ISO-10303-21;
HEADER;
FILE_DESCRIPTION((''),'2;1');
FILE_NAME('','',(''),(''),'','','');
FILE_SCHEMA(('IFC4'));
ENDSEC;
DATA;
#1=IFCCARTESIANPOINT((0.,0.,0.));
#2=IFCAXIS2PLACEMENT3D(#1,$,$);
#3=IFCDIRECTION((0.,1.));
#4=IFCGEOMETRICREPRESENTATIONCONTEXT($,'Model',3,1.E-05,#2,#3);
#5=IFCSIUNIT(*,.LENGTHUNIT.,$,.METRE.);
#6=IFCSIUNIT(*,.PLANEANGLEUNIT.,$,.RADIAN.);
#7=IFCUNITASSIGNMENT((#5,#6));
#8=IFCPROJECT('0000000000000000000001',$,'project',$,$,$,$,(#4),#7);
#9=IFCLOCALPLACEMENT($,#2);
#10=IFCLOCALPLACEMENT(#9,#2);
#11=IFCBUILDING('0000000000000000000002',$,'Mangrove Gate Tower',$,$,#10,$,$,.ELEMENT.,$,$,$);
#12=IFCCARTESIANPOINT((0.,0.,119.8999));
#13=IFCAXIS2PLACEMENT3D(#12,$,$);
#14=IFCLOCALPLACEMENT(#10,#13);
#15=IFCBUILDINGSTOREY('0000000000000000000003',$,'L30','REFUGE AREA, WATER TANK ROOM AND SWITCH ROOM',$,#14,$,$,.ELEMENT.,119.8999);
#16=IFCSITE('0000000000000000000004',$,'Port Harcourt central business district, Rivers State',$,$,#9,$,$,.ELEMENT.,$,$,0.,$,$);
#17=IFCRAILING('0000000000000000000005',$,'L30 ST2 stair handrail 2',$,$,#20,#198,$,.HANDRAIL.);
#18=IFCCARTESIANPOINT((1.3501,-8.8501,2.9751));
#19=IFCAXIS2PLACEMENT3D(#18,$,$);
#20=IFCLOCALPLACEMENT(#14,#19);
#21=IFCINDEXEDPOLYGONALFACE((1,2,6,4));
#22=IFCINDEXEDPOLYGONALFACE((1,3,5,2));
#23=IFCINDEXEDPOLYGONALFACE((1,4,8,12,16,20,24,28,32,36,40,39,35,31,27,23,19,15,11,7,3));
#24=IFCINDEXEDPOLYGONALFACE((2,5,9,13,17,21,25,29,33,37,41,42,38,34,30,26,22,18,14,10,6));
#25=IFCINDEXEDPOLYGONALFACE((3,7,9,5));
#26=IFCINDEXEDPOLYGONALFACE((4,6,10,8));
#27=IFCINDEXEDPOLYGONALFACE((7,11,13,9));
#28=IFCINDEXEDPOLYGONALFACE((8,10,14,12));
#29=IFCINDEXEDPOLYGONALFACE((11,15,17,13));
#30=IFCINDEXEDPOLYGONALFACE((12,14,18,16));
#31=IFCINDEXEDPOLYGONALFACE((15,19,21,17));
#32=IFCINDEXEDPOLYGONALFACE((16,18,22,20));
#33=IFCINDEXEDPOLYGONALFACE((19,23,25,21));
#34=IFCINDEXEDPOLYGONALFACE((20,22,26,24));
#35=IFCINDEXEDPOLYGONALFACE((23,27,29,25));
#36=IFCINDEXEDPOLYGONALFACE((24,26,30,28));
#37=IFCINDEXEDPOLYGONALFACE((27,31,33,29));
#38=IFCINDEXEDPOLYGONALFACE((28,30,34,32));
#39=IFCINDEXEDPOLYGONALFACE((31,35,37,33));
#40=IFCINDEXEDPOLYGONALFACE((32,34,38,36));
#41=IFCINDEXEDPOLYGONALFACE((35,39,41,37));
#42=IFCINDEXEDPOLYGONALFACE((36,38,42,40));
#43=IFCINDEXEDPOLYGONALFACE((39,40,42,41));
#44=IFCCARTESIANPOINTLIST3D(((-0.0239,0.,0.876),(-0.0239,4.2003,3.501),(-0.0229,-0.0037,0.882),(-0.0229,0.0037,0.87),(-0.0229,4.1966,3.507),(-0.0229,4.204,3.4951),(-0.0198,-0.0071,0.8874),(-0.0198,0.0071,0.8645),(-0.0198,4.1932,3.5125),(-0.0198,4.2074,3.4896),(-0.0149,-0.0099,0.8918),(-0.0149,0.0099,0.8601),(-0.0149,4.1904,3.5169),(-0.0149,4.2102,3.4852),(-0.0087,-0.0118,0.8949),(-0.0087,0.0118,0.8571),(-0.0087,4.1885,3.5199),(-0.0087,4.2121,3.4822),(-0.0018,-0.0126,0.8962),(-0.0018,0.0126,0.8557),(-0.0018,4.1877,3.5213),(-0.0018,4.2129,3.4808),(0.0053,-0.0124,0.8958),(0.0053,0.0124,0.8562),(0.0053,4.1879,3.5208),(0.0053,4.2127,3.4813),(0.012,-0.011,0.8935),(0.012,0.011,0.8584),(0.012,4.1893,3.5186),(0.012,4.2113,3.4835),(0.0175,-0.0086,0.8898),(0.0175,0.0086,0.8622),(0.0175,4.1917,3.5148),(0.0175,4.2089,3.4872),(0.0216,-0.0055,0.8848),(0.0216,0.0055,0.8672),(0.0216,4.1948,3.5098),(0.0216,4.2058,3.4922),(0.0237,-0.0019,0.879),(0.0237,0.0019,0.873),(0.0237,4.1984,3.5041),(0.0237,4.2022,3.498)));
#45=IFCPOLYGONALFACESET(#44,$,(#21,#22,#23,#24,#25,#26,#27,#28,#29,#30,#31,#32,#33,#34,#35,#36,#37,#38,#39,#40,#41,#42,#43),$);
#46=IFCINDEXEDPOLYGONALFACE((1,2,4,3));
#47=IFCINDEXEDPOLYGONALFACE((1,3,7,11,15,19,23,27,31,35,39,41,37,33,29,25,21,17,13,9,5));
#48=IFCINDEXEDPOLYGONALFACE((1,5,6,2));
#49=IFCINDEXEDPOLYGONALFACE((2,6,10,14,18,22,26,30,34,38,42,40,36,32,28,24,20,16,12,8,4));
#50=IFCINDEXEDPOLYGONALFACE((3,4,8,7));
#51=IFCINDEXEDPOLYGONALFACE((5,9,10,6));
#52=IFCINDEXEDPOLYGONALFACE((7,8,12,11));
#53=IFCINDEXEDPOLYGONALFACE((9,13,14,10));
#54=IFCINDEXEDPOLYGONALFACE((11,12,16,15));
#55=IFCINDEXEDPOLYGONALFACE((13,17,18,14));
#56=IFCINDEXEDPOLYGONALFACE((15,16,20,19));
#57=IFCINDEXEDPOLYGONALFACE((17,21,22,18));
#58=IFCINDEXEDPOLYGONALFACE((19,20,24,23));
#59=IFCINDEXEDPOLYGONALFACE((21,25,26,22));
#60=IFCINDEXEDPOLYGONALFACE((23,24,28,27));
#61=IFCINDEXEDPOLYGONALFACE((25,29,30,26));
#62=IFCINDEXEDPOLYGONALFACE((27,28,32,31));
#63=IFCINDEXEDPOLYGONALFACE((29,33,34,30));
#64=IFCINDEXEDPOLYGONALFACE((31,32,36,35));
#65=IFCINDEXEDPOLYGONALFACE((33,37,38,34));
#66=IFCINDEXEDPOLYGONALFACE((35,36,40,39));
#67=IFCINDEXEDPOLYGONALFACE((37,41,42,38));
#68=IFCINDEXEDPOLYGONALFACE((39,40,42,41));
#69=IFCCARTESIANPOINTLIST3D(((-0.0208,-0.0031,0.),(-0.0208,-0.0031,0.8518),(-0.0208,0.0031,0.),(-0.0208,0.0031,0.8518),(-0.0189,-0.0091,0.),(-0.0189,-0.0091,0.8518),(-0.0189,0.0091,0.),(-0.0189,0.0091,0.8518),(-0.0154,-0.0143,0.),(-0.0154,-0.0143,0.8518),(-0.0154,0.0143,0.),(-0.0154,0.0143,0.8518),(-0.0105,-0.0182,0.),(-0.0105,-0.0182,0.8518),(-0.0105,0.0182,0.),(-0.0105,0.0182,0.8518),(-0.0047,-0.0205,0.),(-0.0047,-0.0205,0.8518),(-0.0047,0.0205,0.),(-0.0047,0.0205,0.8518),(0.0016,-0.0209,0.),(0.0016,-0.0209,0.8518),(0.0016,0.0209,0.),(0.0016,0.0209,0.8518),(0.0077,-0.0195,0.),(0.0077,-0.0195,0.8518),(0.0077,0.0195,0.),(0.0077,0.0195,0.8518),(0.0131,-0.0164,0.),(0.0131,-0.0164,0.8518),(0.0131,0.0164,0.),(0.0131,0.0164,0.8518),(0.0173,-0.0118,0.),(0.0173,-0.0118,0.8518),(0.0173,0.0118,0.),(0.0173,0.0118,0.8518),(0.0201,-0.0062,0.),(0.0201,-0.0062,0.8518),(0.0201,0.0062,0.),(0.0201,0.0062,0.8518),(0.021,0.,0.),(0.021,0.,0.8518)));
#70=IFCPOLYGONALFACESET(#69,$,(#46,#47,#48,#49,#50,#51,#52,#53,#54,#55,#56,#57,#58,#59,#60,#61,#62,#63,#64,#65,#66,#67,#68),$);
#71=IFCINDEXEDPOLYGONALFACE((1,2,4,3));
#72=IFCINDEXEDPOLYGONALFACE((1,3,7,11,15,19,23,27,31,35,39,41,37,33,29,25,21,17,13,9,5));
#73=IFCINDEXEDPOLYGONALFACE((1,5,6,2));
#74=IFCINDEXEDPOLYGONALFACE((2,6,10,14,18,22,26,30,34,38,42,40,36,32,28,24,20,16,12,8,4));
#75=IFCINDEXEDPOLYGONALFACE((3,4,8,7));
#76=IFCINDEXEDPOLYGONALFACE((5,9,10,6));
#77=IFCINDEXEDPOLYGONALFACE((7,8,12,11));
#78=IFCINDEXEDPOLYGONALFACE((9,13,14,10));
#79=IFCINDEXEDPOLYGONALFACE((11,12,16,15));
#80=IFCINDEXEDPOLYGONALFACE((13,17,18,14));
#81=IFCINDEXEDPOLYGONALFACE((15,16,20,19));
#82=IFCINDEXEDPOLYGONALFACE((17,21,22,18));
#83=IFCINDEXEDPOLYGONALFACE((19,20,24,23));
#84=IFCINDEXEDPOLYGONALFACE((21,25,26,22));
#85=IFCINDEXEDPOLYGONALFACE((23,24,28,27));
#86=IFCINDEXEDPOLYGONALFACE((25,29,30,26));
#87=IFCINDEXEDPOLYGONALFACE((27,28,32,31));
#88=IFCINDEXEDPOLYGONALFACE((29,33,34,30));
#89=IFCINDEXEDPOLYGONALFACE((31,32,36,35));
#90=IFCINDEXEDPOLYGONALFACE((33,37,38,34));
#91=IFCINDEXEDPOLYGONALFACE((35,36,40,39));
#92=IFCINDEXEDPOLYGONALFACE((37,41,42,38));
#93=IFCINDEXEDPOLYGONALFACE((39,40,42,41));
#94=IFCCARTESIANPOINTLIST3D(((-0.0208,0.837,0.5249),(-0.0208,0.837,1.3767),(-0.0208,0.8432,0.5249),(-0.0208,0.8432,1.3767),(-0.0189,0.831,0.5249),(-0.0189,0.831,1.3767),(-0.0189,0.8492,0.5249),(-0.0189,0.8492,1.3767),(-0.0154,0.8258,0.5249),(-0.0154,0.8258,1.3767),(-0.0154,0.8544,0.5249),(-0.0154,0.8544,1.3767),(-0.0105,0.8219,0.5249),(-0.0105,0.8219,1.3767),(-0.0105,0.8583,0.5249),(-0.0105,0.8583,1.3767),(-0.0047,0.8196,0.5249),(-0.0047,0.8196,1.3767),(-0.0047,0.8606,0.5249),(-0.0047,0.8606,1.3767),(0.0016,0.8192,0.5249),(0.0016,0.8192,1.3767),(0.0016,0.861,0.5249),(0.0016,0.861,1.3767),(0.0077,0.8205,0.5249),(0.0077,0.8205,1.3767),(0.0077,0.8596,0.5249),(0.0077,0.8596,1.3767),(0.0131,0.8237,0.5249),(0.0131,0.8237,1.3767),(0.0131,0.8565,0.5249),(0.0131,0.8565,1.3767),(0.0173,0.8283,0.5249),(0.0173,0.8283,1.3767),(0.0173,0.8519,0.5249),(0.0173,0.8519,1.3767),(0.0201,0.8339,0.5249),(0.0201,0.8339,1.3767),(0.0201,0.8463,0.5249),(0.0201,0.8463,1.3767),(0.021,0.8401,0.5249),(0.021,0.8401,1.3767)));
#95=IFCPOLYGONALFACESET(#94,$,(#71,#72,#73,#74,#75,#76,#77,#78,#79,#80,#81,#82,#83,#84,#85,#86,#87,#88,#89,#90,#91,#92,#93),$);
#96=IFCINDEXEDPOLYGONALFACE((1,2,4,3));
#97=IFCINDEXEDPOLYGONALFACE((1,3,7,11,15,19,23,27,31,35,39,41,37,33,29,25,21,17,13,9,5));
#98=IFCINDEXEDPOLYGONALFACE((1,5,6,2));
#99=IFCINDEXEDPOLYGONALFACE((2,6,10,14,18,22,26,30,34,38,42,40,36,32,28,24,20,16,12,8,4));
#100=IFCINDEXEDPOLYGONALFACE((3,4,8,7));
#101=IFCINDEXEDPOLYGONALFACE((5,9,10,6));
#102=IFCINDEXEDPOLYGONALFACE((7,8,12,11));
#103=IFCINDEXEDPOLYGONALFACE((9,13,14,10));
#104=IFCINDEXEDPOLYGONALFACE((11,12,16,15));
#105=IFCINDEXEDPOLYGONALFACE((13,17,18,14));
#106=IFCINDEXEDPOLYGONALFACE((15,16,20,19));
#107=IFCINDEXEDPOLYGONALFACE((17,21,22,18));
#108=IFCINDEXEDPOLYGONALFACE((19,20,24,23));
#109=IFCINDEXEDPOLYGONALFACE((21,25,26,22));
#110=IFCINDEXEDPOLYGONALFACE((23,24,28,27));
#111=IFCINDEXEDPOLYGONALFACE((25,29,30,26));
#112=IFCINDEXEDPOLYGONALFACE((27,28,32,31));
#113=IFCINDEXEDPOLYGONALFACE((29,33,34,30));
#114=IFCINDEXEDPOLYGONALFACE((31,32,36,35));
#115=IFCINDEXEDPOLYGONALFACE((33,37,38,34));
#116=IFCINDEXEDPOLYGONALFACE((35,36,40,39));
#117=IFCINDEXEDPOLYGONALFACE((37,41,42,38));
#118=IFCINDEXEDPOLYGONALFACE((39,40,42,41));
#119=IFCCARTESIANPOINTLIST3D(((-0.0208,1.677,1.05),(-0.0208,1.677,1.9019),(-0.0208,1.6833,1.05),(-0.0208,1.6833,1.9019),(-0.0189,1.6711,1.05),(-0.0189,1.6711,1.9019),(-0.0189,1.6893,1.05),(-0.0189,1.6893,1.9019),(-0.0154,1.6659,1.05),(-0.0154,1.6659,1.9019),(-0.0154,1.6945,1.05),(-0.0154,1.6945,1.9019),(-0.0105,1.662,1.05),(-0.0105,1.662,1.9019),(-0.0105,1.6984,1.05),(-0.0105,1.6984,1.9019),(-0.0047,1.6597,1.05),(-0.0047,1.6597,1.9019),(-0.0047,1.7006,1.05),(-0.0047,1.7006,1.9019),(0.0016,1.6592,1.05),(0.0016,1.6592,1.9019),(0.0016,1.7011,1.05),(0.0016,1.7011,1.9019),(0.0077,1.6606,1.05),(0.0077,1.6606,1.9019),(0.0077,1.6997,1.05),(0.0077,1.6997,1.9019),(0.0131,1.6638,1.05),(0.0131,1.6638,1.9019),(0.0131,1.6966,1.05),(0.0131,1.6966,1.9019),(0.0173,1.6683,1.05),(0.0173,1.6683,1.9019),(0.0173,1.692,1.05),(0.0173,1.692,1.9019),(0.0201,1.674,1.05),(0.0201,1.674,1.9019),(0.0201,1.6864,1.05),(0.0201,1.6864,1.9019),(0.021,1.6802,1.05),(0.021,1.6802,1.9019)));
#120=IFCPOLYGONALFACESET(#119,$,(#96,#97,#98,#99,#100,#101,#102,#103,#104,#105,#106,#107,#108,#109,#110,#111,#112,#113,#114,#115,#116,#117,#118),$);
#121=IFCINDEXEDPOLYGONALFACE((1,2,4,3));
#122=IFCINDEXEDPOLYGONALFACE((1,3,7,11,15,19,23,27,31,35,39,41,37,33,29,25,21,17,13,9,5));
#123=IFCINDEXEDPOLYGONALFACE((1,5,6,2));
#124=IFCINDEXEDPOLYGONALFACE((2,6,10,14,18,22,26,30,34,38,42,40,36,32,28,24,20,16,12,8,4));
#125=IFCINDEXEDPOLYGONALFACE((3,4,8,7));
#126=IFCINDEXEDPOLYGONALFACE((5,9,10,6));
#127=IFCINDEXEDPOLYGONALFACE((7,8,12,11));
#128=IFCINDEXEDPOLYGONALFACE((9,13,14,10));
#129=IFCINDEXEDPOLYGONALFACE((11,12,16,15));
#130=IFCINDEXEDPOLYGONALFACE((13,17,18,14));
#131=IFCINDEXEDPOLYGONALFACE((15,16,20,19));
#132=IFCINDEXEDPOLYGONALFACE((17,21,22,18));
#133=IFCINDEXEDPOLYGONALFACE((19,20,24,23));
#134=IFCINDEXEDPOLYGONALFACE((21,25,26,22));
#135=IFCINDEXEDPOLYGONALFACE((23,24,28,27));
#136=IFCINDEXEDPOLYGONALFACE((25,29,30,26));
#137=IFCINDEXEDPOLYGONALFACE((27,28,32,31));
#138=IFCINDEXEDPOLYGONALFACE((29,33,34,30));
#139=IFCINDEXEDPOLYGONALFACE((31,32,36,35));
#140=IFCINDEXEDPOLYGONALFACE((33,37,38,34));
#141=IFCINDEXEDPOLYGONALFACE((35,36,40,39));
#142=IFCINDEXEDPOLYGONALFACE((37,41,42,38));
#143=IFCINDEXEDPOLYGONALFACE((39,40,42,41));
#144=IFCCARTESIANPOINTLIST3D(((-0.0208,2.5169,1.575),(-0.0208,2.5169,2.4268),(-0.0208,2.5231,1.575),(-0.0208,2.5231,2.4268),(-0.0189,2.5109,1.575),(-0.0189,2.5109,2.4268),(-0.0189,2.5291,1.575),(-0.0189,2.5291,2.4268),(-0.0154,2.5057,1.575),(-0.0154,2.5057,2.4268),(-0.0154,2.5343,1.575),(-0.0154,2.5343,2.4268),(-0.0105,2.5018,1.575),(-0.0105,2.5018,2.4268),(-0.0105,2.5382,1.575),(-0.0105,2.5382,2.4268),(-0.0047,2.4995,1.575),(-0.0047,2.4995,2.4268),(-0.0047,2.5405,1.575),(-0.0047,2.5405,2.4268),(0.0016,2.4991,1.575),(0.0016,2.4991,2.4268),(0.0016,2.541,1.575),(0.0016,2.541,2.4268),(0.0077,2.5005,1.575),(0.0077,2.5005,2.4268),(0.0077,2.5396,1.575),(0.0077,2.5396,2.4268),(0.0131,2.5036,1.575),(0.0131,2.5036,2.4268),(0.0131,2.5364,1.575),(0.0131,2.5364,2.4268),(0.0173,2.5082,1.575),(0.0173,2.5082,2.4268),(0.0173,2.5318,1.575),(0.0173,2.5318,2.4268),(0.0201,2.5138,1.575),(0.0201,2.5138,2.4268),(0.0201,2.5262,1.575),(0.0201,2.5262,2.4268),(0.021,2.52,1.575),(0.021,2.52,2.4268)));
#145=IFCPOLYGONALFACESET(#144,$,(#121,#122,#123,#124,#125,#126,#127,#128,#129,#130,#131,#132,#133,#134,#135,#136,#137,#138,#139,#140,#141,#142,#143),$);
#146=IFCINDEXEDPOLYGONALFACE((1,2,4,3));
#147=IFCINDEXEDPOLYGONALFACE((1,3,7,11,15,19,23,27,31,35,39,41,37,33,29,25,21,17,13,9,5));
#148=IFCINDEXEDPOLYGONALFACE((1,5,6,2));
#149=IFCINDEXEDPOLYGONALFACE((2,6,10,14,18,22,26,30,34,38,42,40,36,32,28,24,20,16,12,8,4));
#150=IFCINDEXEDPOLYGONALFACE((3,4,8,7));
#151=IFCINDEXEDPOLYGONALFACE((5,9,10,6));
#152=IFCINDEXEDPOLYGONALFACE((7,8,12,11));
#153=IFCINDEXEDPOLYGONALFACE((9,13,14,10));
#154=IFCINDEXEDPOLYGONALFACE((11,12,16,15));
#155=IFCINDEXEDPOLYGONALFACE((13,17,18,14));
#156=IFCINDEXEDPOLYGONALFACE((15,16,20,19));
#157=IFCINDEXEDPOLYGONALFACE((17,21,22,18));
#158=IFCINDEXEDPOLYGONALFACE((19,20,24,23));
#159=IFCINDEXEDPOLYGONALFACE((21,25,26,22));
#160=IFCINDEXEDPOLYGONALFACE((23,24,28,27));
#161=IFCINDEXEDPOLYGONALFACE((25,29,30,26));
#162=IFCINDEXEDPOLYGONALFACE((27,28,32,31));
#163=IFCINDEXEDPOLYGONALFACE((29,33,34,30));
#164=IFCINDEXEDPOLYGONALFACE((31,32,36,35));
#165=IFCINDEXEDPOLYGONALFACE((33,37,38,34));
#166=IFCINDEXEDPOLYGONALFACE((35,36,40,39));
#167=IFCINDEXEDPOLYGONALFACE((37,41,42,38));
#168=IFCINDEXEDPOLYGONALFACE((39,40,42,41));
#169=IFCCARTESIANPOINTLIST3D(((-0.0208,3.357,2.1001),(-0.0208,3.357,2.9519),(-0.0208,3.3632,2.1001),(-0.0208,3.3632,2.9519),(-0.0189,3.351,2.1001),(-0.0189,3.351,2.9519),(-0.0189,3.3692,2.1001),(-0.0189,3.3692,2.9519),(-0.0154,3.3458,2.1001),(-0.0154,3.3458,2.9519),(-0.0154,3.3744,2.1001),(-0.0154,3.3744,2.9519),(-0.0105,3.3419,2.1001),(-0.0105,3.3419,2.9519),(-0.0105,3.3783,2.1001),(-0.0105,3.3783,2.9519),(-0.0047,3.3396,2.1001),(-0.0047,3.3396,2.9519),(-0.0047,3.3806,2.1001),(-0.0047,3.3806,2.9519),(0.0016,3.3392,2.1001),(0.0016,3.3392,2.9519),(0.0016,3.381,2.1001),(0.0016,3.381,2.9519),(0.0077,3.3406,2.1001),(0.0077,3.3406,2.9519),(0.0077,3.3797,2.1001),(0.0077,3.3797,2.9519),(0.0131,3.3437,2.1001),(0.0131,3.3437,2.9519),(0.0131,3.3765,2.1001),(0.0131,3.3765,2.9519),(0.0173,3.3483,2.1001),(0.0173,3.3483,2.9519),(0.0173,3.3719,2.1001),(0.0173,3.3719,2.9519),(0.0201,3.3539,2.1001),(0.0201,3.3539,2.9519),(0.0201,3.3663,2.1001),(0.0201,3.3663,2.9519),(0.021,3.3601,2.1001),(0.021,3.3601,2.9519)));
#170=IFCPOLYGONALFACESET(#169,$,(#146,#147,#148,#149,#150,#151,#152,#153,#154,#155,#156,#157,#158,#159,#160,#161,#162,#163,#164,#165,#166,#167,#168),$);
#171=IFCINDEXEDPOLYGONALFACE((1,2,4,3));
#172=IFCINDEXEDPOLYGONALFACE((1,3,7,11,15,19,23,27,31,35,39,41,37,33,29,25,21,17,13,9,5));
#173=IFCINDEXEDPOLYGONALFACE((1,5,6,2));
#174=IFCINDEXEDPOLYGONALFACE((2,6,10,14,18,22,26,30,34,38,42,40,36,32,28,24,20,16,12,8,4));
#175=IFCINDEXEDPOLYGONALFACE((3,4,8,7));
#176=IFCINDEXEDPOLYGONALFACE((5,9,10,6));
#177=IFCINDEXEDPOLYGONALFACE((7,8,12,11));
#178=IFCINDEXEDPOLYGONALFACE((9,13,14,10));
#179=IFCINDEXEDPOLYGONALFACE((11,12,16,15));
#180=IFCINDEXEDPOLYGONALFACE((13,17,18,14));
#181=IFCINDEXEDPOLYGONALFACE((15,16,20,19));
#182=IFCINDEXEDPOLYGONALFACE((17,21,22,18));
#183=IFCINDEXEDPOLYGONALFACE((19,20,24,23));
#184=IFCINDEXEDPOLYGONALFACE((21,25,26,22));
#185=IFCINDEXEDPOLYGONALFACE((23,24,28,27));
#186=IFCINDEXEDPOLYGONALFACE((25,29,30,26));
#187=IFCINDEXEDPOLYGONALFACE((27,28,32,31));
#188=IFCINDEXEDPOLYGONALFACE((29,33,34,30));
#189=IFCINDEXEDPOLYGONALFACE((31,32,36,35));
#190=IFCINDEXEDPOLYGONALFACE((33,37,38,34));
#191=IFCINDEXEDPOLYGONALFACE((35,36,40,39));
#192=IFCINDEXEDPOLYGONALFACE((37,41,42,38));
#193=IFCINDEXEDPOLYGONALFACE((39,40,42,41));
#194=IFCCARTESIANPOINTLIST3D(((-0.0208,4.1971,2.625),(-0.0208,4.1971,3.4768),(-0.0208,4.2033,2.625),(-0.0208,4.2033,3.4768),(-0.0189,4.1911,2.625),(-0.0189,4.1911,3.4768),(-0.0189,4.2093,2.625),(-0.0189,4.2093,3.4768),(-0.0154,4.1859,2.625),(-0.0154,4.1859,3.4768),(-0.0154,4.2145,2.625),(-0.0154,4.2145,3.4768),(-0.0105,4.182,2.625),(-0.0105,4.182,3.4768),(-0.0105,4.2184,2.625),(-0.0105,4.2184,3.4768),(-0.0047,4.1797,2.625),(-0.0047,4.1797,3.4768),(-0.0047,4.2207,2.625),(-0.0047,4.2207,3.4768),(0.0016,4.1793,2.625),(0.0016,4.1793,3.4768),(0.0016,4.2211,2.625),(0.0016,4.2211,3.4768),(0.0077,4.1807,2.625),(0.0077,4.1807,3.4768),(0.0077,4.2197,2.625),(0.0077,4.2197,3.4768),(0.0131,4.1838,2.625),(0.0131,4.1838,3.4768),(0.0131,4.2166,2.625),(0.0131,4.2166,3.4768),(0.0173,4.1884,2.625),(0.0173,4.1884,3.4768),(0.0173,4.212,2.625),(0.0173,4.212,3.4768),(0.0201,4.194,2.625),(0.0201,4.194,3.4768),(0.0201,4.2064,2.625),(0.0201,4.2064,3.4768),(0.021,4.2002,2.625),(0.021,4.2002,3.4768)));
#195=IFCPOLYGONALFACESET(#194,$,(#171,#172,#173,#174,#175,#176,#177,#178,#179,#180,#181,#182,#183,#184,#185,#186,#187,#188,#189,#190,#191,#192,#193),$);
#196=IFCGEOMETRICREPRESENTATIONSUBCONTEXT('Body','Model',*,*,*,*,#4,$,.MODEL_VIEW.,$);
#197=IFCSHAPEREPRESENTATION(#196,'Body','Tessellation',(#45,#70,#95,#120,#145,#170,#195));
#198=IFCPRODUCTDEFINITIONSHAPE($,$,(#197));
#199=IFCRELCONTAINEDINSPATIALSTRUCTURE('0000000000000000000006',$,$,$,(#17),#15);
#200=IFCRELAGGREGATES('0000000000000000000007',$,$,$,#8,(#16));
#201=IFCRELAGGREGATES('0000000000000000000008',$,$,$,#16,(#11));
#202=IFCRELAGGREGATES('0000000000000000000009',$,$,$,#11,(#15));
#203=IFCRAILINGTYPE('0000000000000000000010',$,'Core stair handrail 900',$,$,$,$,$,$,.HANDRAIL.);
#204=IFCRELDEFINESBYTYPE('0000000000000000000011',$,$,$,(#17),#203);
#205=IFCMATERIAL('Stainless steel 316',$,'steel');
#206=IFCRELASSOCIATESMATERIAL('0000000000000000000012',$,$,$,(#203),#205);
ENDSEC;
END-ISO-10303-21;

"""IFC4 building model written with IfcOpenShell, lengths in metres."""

from ifc_helpers import new_model, si_unit, direction, frame, origin, origin_2d, place, context, subcontext, project, spatial, circle, extrude, material, type_object, element, save


model = new_model("IFC4")

# Units and contexts
model_context = context("Model", 3, precision=1e-05, world=origin(), true_north=direction((0.0, 1.0)))
body_context = subcontext(model_context, "Body", "Model", "MODEL_VIEW")
ifc_project = project(units=[si_unit("LENGTHUNIT", "METRE"), si_unit("PLANEANGLEUNIT", "RADIAN")], contexts=[model_context])

# Site, building, storey
site_placement = place(None, origin())
site = spatial("IfcSite", under=ifc_project, at=site_placement, Name="Port Harcourt central business district, Rivers State", CompositionType="ELEMENT", RefElevation=0.0)
building_placement = place(site_placement, origin())
building = spatial("IfcBuilding", under=site, at=building_placement, Name="Mangrove Gate Tower", CompositionType="ELEMENT")
storey_placement = place(building_placement, frame((0.0, 0.0, 119.8999)))
storey = spatial("IfcBuildingStorey", under=building, at=storey_placement, Name="L30", Description="REFUGE AREA, WATER TANK ROOM AND SWITCH ROOM", CompositionType="ELEMENT", Elevation=119.8999)

# Railing
ifc_material_1 = material(Name="Stainless steel 316", Category="steel")
railing_type_1 = type_object("IfcRailingType", Name="Core stair handrail 900", PredefinedType="HANDRAIL", material=ifc_material_1)
railing_1_placement = place(storey_placement, frame((1.3501, -8.8501, 2.9751)))
element("IfcRailing", 1, at=railing_1_placement, inside=storey, type_object=railing_type_1, Name="L30 ST2 stair handrail 2", PredefinedType="HANDRAIL", context=body_context, shape_type="SweptSolid", body=[
    extrude(circle(Radius=0.0239, at=origin_2d()), frame((0.0, 0.0, 0.876), z_axis=(0.0, 0.848009, 0.529981), x_axis=(-1.0, 0.0, 0.0)), (0.0, 0.0, 1.0), 4.9531),
    extrude(circle(Radius=0.021, at=origin_2d()), origin(), (0.0, 0.0, 1.0), 0.8518),
    extrude(circle(Radius=0.021, at=origin_2d()), frame((0.0, 0.8401, 0.5249)), (0.0, 0.0, 1.0), 0.8518),
    extrude(circle(Radius=0.021, at=origin_2d()), frame((0.0, 1.6802, 1.05)), (0.0, 0.0, 1.0), 0.8518),
    extrude(circle(Radius=0.021, at=origin_2d()), frame((0.0, 2.52, 1.575)), (0.0, 0.0, 1.0), 0.8518),
    extrude(circle(Radius=0.021, at=origin_2d()), frame((0.0, 3.3601, 2.1001)), (0.0, 0.0, 1.0), 0.8518),
    extrude(circle(Radius=0.021, at=origin_2d()), frame((0.0, 4.2002, 2.625)), (0.0, 0.0, 1.0), 0.8518),
])

save(model, "model.ifc")
